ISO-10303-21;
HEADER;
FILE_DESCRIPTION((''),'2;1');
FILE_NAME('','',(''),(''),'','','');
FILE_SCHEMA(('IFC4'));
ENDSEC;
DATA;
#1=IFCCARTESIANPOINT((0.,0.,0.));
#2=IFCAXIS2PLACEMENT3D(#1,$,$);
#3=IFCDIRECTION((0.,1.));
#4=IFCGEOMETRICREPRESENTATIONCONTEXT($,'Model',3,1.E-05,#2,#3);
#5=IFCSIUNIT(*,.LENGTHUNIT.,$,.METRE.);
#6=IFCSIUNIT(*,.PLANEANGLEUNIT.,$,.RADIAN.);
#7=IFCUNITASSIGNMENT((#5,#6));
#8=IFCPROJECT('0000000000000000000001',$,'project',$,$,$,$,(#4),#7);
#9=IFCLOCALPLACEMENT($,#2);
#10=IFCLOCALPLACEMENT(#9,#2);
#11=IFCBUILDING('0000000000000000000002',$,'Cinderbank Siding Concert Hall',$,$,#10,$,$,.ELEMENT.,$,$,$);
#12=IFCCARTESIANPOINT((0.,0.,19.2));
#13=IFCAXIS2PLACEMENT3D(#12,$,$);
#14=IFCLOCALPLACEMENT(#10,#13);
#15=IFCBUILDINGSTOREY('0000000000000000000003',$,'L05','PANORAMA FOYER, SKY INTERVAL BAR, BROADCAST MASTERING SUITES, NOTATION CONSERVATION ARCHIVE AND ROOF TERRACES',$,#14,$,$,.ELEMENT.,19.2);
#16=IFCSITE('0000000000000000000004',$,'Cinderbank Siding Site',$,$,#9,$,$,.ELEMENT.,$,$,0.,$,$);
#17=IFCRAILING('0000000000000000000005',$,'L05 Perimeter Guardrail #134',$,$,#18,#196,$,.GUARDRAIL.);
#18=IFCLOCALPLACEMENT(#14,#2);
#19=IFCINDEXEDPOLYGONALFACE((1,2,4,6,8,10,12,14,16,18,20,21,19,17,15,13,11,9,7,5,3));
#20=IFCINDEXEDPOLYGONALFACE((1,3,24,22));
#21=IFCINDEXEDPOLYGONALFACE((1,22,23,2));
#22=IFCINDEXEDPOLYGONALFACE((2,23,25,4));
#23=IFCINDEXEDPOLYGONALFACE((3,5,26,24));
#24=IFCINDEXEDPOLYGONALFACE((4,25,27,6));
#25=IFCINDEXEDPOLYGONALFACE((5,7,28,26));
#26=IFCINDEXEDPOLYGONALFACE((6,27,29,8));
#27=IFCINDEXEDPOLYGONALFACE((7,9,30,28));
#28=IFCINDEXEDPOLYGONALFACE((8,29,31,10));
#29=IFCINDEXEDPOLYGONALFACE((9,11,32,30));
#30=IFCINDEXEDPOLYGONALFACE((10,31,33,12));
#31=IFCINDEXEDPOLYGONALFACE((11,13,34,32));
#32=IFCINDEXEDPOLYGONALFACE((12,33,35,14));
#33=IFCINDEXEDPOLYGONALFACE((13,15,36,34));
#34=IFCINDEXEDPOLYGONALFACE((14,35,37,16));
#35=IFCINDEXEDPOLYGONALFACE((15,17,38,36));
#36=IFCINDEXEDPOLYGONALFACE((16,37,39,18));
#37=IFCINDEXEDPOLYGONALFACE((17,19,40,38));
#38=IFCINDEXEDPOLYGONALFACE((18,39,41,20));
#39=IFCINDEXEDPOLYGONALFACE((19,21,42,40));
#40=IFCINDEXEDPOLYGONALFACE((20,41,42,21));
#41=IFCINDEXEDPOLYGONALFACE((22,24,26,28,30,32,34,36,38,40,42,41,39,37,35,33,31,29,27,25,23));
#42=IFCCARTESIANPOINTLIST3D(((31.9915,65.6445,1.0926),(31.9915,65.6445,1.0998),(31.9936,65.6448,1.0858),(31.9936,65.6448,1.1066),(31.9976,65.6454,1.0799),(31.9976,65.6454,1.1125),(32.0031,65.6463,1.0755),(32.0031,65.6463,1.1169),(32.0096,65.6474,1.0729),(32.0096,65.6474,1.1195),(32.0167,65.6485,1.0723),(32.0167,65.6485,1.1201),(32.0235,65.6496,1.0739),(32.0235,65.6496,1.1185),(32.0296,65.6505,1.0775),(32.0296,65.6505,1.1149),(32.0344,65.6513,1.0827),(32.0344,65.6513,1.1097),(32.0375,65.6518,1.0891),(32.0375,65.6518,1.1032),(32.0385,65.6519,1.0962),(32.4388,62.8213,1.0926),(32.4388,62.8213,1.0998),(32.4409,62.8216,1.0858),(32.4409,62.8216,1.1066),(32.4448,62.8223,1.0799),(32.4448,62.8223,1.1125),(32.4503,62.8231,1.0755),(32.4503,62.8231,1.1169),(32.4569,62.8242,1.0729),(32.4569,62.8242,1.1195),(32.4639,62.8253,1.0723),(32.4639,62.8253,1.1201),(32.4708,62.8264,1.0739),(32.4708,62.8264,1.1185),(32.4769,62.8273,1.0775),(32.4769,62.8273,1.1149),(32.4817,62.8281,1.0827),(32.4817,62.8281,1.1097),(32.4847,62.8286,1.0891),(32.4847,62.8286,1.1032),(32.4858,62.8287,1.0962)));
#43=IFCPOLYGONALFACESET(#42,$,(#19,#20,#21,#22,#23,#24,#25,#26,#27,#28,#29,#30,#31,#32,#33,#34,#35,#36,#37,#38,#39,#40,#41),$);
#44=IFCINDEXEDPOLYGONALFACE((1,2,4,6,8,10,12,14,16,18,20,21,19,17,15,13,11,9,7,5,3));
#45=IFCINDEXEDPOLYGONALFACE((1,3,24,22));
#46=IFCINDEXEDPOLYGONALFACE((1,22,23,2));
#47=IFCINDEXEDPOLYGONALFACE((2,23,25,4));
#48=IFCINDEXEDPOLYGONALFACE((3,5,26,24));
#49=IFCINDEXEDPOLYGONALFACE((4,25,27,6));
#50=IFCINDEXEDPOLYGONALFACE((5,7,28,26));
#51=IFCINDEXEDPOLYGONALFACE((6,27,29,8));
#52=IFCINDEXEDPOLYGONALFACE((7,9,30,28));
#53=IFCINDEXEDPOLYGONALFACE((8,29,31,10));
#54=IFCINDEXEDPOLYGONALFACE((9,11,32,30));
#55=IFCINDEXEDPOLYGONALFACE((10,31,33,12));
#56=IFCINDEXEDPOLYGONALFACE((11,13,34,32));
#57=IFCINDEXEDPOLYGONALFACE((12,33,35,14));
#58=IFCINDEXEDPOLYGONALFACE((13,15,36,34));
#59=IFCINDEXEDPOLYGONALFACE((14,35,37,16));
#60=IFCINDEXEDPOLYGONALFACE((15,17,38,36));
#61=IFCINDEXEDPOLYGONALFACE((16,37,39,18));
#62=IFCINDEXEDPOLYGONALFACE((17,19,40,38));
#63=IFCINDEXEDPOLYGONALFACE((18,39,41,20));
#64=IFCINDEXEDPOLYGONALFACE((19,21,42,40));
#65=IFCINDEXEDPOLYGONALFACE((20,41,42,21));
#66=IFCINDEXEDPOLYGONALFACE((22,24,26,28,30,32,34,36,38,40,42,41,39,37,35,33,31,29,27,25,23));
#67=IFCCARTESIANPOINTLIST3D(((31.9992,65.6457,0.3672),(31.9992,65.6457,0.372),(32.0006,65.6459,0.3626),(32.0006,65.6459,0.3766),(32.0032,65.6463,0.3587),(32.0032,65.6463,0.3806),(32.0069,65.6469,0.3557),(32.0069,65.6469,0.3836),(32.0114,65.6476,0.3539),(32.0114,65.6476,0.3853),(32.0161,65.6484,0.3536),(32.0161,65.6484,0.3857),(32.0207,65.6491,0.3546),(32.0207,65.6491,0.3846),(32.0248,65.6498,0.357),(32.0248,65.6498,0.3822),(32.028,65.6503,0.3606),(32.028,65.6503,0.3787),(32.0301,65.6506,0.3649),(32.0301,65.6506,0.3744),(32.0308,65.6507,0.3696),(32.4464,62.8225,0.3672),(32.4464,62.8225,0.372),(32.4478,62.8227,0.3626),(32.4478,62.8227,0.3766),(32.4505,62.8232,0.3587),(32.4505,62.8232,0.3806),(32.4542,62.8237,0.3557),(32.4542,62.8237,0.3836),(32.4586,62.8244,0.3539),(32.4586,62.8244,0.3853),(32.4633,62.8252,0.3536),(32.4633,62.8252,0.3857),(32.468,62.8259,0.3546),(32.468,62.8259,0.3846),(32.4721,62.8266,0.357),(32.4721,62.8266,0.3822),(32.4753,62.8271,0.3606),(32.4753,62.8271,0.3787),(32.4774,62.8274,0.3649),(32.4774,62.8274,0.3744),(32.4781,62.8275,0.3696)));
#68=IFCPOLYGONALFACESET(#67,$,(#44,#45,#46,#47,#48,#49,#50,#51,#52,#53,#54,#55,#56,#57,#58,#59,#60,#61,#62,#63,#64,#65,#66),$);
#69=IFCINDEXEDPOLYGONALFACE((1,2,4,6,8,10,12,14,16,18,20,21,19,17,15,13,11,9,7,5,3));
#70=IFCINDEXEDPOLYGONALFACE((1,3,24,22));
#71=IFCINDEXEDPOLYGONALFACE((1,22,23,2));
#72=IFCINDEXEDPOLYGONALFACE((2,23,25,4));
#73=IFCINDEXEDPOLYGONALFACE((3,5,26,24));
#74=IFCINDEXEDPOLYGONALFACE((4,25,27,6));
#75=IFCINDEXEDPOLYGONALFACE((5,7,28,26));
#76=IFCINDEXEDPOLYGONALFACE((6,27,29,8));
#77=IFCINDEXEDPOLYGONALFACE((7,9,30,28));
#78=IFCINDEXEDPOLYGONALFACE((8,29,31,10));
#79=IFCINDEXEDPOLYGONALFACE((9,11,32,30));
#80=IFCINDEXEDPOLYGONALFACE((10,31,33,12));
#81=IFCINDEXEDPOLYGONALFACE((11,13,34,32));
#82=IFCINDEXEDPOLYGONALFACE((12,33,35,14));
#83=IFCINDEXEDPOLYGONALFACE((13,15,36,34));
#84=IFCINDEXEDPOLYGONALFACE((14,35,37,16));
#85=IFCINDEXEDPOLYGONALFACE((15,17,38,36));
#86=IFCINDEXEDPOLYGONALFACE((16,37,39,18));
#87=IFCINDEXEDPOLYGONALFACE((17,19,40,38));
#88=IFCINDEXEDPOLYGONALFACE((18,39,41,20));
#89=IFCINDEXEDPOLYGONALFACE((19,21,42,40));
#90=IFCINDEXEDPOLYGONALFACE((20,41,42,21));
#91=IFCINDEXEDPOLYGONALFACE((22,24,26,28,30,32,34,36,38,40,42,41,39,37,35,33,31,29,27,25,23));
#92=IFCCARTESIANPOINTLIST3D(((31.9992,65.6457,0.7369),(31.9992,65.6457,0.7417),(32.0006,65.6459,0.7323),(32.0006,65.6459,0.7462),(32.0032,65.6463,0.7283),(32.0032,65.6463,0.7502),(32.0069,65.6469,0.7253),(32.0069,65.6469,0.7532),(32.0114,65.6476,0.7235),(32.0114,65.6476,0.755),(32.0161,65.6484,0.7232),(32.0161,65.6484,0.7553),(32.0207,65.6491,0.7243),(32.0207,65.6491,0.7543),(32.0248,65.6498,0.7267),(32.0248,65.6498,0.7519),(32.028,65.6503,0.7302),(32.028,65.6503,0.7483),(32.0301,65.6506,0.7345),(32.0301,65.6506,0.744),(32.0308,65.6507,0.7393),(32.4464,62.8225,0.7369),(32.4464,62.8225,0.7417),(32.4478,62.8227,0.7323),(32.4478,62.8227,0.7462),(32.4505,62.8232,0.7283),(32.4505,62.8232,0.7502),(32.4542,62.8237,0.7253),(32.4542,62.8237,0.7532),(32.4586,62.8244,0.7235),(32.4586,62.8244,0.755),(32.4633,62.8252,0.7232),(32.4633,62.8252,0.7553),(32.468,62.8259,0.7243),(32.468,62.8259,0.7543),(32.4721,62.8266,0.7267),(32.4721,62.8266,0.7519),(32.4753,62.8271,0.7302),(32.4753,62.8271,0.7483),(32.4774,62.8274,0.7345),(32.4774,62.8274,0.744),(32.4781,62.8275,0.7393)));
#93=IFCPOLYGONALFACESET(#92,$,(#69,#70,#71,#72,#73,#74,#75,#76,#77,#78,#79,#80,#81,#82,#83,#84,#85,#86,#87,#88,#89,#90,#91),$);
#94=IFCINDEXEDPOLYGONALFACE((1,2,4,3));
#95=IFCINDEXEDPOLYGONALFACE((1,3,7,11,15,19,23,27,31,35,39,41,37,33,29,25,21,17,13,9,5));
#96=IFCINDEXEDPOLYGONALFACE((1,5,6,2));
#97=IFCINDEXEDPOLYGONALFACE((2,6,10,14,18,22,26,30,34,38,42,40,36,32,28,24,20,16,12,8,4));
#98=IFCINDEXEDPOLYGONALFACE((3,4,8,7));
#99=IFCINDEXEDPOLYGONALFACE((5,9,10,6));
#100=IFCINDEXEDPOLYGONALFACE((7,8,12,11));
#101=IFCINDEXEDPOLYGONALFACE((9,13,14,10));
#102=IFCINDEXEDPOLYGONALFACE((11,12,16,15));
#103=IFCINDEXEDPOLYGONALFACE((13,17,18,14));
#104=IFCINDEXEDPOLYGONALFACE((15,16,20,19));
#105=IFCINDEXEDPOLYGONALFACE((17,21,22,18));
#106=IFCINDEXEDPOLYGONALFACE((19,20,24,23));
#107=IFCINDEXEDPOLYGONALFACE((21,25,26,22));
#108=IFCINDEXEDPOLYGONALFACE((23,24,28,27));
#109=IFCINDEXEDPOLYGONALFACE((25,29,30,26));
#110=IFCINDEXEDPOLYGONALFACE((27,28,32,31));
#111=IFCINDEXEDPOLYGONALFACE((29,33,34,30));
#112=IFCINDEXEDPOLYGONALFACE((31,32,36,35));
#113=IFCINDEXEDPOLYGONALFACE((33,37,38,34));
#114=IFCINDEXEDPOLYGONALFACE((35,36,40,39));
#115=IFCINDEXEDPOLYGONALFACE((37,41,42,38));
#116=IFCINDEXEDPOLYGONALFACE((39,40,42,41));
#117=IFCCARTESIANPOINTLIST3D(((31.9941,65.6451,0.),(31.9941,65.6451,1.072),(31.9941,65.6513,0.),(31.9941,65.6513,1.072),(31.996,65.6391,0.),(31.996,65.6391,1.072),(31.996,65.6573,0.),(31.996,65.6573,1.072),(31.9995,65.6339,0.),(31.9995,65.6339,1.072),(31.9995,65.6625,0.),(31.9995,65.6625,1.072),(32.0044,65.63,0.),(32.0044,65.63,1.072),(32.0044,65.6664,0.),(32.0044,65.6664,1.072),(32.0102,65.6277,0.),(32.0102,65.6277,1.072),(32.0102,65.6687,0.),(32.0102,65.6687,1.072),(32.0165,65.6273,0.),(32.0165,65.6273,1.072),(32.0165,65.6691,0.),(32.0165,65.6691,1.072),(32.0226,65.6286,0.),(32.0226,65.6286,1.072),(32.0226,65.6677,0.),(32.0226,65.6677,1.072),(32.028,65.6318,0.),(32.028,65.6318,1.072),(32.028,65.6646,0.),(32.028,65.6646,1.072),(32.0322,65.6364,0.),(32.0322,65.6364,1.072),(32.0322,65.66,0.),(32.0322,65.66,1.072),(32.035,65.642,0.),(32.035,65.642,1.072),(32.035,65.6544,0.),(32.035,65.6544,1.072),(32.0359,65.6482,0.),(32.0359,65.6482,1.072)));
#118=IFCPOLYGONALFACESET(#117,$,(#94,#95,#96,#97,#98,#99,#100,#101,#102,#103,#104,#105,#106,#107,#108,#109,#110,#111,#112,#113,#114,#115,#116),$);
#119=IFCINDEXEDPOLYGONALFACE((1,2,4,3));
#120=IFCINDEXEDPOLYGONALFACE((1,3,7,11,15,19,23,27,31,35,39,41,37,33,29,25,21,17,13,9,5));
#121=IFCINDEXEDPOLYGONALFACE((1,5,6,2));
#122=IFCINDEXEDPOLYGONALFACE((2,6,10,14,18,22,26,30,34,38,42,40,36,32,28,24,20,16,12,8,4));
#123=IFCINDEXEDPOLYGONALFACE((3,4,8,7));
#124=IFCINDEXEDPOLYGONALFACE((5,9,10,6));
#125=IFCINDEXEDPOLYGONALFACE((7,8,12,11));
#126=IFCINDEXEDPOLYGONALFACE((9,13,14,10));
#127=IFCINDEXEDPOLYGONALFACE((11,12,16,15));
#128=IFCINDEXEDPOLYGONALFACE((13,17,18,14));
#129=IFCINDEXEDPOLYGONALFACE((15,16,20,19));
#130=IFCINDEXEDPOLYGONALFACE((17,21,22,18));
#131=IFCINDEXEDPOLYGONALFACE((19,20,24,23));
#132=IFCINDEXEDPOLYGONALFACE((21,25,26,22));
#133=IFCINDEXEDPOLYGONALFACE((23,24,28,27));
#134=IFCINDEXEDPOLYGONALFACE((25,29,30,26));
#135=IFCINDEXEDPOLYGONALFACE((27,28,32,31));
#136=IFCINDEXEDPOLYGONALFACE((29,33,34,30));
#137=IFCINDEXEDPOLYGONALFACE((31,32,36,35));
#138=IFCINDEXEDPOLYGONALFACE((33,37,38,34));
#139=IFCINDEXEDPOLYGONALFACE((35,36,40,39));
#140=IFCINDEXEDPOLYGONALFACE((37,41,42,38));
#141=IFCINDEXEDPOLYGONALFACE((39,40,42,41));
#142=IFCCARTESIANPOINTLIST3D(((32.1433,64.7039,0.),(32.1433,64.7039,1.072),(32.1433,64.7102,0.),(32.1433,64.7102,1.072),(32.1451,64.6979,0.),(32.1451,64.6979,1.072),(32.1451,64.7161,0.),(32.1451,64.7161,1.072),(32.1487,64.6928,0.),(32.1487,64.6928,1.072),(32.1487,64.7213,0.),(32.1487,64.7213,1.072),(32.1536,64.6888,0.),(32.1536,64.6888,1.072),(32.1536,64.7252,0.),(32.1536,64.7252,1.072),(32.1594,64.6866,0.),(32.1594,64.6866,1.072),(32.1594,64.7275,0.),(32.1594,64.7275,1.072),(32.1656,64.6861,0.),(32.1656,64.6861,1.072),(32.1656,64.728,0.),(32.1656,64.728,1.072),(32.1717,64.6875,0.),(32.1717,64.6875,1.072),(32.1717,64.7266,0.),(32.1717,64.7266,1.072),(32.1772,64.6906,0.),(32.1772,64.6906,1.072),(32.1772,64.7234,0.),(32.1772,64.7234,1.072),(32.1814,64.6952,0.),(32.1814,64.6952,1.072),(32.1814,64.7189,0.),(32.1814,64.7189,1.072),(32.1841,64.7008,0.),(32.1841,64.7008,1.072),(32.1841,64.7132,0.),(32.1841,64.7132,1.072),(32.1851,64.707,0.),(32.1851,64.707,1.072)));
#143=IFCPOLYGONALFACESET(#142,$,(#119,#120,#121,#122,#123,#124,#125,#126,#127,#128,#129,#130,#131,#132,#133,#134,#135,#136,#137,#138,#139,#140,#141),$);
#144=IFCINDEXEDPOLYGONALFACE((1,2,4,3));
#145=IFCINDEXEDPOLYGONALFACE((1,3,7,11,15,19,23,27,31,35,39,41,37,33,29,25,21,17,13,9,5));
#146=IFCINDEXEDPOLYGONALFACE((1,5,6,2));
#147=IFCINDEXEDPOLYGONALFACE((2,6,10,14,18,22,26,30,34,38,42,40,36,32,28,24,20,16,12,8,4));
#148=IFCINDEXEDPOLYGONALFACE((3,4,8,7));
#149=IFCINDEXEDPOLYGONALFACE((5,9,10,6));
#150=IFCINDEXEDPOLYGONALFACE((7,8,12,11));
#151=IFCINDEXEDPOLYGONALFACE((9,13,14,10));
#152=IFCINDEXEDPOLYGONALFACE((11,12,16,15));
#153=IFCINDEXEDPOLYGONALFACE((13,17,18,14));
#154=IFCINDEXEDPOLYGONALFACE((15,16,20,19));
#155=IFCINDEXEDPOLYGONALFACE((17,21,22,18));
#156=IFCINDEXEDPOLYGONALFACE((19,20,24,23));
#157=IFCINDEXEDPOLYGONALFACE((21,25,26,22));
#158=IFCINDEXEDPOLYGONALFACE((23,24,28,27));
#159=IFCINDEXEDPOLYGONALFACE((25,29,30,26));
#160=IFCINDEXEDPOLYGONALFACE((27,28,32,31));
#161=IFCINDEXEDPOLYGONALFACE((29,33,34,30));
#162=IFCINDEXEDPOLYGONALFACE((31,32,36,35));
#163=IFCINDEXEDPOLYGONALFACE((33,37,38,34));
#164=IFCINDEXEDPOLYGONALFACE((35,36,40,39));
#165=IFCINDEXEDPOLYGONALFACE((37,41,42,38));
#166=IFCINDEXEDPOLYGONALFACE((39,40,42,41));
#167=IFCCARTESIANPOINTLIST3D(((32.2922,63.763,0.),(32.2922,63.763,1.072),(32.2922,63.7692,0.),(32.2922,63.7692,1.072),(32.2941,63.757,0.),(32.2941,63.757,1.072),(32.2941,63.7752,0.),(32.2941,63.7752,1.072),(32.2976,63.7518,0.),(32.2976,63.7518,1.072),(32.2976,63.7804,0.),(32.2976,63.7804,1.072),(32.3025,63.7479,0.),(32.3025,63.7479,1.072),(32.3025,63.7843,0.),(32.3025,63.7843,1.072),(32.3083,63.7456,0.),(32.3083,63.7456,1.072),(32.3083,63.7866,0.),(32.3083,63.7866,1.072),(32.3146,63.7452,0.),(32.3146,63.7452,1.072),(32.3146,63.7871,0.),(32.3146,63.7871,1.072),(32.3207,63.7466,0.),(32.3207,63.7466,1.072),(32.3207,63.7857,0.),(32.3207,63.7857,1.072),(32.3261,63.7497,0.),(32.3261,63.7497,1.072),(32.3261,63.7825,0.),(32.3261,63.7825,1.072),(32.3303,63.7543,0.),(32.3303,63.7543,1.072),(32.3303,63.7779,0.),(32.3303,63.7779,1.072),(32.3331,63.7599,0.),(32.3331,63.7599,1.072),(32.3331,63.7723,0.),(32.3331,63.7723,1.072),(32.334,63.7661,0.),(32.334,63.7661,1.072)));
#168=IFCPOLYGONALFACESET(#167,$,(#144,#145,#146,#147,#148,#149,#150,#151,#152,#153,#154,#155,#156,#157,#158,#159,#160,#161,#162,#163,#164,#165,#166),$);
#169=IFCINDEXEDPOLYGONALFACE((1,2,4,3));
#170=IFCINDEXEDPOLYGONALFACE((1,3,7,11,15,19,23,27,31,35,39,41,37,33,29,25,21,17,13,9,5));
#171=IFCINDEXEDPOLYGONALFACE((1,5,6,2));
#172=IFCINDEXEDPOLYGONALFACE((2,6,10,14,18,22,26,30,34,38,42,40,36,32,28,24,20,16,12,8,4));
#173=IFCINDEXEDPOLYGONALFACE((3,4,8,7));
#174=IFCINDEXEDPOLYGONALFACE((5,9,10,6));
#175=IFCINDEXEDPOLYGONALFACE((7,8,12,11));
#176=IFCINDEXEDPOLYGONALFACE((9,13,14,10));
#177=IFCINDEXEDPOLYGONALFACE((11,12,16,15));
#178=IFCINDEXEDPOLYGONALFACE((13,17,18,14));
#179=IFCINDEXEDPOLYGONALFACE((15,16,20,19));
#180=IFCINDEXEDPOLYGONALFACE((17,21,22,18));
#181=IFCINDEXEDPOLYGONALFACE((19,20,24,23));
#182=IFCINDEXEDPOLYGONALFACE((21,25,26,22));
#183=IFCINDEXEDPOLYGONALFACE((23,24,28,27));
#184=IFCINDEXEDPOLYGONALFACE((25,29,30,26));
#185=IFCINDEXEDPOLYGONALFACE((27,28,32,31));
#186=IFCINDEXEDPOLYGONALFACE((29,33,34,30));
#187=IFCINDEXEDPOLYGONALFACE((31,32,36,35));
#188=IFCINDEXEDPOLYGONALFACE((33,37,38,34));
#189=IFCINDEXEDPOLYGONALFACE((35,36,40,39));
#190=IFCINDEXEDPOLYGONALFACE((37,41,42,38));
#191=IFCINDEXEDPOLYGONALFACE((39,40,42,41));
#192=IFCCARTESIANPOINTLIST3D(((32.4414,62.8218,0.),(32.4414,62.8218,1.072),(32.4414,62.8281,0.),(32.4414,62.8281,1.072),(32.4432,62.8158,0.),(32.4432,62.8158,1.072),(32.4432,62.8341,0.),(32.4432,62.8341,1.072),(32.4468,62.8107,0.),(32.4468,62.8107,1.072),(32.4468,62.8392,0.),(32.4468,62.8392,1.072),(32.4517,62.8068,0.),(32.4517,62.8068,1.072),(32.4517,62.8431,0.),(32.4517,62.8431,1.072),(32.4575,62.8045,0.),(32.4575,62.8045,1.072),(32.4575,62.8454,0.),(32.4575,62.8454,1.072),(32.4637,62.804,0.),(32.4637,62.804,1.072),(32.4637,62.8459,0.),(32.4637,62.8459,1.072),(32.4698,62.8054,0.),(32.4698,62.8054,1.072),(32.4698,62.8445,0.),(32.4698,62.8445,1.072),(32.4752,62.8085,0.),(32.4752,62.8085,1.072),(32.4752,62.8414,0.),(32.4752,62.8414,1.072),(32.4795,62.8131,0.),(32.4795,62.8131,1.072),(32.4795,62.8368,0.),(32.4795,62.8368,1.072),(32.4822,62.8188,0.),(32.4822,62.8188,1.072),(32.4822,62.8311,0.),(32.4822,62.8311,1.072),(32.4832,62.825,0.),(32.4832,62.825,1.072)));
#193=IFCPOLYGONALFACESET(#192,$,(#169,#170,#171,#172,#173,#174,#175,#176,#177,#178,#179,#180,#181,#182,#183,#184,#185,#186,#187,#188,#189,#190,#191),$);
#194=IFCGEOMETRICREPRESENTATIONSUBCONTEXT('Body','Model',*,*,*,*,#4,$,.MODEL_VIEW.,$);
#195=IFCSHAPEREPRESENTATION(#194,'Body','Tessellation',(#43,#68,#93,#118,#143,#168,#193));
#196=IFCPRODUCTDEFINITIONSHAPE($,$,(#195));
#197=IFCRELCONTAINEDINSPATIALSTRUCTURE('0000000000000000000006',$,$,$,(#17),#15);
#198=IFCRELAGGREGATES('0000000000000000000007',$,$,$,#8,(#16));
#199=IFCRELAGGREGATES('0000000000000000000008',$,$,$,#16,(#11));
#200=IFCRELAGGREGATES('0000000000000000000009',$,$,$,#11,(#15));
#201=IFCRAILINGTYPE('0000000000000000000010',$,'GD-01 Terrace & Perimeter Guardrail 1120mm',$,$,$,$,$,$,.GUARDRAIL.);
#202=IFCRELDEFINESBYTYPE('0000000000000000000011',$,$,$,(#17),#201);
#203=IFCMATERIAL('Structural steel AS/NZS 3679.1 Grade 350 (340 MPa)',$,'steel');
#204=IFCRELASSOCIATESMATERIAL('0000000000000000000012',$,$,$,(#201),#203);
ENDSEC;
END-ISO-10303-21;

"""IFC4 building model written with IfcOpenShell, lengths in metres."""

from ifc_helpers import new_model, si_unit, direction, frame, origin, origin_2d, place, context, subcontext, project, spatial, circle, extrude, material, type_object, element, save


model = new_model("IFC4")

# Units and contexts
model_context = context("Model", 3, precision=1e-05, world=origin(), true_north=direction((0.0, 1.0)))
body_context = subcontext(model_context, "Body", "Model", "MODEL_VIEW")
ifc_project = project(units=[si_unit("LENGTHUNIT", "METRE"), si_unit("PLANEANGLEUNIT", "RADIAN")], contexts=[model_context])

# Site, building, storey
site_placement = place(None, origin())
site = spatial("IfcSite", under=ifc_project, at=site_placement, Name="Cinderbank Siding Site", CompositionType="ELEMENT", RefElevation=0.0)
building_placement = place(site_placement, origin())
building = spatial("IfcBuilding", under=site, at=building_placement, Name="Cinderbank Siding Concert Hall", CompositionType="ELEMENT")
storey_placement = place(building_placement, frame((0.0, 0.0, 19.2)))
storey = spatial("IfcBuildingStorey", under=building, at=storey_placement, Name="L05", Description="PANORAMA FOYER, SKY INTERVAL BAR, BROADCAST MASTERING SUITES, NOTATION CONSERVATION ARCHIVE AND ROOF TERRACES", CompositionType="ELEMENT", Elevation=19.2)

# Railing
ifc_material_1 = material(Name="Structural steel AS/NZS 3679.1 Grade 350 (340 MPa)", Category="steel")
railing_type = type_object("IfcRailingType", Name="GD-01 Terrace & Perimeter Guardrail 1120mm", PredefinedType="GUARDRAIL", material=ifc_material_1)
railing_1_placement = place(storey_placement, frame((32.0149, 65.6482, 0.0)))
element("IfcRailing", 1, at=railing_1_placement, inside=storey, type_object=railing_type, Name="L05 Perimeter Guardrail #134", PredefinedType="GUARDRAIL", context=body_context, shape_type="SweptSolid", body=[
    extrude(circle(Radius=0.0239, at=origin_2d()), frame((0.0, 0.0, 1.0962), z_axis=(0.156471, -0.987683, 0.0), x_axis=(0.987683, 0.156471, 0.0)), (0.0, 0.0, 1.0), 2.8584),
    extrude(circle(Radius=0.0161, at=origin_2d()), frame((0.0, 0.0, 0.3696), z_axis=(0.156471, -0.987683, 0.0), x_axis=(0.987683, 0.156471, 0.0)), (0.0, 0.0, 1.0), 2.8584),
    extrude(circle(Radius=0.0161, at=origin_2d()), frame((0.0, 0.0, 0.7393), z_axis=(0.156471, -0.987683, 0.0), x_axis=(0.987683, 0.156471, 0.0)), (0.0, 0.0, 1.0), 2.8584),
    extrude(circle(Radius=0.021, at=origin_2d()), origin(), (0.0, 0.0, 1.0), 1.072),
    extrude(circle(Radius=0.021, at=origin_2d()), frame((0.1492, -0.9412, 0.0)), (0.0, 0.0, 1.0), 1.072),
    extrude(circle(Radius=0.021, at=origin_2d()), frame((0.2981, -1.8821, 0.0)), (0.0, 0.0, 1.0), 1.072),
    extrude(circle(Radius=0.021, at=origin_2d()), frame((0.4473, -2.8232, 0.0)), (0.0, 0.0, 1.0), 1.072),
])

save(model, "model.ifc")
